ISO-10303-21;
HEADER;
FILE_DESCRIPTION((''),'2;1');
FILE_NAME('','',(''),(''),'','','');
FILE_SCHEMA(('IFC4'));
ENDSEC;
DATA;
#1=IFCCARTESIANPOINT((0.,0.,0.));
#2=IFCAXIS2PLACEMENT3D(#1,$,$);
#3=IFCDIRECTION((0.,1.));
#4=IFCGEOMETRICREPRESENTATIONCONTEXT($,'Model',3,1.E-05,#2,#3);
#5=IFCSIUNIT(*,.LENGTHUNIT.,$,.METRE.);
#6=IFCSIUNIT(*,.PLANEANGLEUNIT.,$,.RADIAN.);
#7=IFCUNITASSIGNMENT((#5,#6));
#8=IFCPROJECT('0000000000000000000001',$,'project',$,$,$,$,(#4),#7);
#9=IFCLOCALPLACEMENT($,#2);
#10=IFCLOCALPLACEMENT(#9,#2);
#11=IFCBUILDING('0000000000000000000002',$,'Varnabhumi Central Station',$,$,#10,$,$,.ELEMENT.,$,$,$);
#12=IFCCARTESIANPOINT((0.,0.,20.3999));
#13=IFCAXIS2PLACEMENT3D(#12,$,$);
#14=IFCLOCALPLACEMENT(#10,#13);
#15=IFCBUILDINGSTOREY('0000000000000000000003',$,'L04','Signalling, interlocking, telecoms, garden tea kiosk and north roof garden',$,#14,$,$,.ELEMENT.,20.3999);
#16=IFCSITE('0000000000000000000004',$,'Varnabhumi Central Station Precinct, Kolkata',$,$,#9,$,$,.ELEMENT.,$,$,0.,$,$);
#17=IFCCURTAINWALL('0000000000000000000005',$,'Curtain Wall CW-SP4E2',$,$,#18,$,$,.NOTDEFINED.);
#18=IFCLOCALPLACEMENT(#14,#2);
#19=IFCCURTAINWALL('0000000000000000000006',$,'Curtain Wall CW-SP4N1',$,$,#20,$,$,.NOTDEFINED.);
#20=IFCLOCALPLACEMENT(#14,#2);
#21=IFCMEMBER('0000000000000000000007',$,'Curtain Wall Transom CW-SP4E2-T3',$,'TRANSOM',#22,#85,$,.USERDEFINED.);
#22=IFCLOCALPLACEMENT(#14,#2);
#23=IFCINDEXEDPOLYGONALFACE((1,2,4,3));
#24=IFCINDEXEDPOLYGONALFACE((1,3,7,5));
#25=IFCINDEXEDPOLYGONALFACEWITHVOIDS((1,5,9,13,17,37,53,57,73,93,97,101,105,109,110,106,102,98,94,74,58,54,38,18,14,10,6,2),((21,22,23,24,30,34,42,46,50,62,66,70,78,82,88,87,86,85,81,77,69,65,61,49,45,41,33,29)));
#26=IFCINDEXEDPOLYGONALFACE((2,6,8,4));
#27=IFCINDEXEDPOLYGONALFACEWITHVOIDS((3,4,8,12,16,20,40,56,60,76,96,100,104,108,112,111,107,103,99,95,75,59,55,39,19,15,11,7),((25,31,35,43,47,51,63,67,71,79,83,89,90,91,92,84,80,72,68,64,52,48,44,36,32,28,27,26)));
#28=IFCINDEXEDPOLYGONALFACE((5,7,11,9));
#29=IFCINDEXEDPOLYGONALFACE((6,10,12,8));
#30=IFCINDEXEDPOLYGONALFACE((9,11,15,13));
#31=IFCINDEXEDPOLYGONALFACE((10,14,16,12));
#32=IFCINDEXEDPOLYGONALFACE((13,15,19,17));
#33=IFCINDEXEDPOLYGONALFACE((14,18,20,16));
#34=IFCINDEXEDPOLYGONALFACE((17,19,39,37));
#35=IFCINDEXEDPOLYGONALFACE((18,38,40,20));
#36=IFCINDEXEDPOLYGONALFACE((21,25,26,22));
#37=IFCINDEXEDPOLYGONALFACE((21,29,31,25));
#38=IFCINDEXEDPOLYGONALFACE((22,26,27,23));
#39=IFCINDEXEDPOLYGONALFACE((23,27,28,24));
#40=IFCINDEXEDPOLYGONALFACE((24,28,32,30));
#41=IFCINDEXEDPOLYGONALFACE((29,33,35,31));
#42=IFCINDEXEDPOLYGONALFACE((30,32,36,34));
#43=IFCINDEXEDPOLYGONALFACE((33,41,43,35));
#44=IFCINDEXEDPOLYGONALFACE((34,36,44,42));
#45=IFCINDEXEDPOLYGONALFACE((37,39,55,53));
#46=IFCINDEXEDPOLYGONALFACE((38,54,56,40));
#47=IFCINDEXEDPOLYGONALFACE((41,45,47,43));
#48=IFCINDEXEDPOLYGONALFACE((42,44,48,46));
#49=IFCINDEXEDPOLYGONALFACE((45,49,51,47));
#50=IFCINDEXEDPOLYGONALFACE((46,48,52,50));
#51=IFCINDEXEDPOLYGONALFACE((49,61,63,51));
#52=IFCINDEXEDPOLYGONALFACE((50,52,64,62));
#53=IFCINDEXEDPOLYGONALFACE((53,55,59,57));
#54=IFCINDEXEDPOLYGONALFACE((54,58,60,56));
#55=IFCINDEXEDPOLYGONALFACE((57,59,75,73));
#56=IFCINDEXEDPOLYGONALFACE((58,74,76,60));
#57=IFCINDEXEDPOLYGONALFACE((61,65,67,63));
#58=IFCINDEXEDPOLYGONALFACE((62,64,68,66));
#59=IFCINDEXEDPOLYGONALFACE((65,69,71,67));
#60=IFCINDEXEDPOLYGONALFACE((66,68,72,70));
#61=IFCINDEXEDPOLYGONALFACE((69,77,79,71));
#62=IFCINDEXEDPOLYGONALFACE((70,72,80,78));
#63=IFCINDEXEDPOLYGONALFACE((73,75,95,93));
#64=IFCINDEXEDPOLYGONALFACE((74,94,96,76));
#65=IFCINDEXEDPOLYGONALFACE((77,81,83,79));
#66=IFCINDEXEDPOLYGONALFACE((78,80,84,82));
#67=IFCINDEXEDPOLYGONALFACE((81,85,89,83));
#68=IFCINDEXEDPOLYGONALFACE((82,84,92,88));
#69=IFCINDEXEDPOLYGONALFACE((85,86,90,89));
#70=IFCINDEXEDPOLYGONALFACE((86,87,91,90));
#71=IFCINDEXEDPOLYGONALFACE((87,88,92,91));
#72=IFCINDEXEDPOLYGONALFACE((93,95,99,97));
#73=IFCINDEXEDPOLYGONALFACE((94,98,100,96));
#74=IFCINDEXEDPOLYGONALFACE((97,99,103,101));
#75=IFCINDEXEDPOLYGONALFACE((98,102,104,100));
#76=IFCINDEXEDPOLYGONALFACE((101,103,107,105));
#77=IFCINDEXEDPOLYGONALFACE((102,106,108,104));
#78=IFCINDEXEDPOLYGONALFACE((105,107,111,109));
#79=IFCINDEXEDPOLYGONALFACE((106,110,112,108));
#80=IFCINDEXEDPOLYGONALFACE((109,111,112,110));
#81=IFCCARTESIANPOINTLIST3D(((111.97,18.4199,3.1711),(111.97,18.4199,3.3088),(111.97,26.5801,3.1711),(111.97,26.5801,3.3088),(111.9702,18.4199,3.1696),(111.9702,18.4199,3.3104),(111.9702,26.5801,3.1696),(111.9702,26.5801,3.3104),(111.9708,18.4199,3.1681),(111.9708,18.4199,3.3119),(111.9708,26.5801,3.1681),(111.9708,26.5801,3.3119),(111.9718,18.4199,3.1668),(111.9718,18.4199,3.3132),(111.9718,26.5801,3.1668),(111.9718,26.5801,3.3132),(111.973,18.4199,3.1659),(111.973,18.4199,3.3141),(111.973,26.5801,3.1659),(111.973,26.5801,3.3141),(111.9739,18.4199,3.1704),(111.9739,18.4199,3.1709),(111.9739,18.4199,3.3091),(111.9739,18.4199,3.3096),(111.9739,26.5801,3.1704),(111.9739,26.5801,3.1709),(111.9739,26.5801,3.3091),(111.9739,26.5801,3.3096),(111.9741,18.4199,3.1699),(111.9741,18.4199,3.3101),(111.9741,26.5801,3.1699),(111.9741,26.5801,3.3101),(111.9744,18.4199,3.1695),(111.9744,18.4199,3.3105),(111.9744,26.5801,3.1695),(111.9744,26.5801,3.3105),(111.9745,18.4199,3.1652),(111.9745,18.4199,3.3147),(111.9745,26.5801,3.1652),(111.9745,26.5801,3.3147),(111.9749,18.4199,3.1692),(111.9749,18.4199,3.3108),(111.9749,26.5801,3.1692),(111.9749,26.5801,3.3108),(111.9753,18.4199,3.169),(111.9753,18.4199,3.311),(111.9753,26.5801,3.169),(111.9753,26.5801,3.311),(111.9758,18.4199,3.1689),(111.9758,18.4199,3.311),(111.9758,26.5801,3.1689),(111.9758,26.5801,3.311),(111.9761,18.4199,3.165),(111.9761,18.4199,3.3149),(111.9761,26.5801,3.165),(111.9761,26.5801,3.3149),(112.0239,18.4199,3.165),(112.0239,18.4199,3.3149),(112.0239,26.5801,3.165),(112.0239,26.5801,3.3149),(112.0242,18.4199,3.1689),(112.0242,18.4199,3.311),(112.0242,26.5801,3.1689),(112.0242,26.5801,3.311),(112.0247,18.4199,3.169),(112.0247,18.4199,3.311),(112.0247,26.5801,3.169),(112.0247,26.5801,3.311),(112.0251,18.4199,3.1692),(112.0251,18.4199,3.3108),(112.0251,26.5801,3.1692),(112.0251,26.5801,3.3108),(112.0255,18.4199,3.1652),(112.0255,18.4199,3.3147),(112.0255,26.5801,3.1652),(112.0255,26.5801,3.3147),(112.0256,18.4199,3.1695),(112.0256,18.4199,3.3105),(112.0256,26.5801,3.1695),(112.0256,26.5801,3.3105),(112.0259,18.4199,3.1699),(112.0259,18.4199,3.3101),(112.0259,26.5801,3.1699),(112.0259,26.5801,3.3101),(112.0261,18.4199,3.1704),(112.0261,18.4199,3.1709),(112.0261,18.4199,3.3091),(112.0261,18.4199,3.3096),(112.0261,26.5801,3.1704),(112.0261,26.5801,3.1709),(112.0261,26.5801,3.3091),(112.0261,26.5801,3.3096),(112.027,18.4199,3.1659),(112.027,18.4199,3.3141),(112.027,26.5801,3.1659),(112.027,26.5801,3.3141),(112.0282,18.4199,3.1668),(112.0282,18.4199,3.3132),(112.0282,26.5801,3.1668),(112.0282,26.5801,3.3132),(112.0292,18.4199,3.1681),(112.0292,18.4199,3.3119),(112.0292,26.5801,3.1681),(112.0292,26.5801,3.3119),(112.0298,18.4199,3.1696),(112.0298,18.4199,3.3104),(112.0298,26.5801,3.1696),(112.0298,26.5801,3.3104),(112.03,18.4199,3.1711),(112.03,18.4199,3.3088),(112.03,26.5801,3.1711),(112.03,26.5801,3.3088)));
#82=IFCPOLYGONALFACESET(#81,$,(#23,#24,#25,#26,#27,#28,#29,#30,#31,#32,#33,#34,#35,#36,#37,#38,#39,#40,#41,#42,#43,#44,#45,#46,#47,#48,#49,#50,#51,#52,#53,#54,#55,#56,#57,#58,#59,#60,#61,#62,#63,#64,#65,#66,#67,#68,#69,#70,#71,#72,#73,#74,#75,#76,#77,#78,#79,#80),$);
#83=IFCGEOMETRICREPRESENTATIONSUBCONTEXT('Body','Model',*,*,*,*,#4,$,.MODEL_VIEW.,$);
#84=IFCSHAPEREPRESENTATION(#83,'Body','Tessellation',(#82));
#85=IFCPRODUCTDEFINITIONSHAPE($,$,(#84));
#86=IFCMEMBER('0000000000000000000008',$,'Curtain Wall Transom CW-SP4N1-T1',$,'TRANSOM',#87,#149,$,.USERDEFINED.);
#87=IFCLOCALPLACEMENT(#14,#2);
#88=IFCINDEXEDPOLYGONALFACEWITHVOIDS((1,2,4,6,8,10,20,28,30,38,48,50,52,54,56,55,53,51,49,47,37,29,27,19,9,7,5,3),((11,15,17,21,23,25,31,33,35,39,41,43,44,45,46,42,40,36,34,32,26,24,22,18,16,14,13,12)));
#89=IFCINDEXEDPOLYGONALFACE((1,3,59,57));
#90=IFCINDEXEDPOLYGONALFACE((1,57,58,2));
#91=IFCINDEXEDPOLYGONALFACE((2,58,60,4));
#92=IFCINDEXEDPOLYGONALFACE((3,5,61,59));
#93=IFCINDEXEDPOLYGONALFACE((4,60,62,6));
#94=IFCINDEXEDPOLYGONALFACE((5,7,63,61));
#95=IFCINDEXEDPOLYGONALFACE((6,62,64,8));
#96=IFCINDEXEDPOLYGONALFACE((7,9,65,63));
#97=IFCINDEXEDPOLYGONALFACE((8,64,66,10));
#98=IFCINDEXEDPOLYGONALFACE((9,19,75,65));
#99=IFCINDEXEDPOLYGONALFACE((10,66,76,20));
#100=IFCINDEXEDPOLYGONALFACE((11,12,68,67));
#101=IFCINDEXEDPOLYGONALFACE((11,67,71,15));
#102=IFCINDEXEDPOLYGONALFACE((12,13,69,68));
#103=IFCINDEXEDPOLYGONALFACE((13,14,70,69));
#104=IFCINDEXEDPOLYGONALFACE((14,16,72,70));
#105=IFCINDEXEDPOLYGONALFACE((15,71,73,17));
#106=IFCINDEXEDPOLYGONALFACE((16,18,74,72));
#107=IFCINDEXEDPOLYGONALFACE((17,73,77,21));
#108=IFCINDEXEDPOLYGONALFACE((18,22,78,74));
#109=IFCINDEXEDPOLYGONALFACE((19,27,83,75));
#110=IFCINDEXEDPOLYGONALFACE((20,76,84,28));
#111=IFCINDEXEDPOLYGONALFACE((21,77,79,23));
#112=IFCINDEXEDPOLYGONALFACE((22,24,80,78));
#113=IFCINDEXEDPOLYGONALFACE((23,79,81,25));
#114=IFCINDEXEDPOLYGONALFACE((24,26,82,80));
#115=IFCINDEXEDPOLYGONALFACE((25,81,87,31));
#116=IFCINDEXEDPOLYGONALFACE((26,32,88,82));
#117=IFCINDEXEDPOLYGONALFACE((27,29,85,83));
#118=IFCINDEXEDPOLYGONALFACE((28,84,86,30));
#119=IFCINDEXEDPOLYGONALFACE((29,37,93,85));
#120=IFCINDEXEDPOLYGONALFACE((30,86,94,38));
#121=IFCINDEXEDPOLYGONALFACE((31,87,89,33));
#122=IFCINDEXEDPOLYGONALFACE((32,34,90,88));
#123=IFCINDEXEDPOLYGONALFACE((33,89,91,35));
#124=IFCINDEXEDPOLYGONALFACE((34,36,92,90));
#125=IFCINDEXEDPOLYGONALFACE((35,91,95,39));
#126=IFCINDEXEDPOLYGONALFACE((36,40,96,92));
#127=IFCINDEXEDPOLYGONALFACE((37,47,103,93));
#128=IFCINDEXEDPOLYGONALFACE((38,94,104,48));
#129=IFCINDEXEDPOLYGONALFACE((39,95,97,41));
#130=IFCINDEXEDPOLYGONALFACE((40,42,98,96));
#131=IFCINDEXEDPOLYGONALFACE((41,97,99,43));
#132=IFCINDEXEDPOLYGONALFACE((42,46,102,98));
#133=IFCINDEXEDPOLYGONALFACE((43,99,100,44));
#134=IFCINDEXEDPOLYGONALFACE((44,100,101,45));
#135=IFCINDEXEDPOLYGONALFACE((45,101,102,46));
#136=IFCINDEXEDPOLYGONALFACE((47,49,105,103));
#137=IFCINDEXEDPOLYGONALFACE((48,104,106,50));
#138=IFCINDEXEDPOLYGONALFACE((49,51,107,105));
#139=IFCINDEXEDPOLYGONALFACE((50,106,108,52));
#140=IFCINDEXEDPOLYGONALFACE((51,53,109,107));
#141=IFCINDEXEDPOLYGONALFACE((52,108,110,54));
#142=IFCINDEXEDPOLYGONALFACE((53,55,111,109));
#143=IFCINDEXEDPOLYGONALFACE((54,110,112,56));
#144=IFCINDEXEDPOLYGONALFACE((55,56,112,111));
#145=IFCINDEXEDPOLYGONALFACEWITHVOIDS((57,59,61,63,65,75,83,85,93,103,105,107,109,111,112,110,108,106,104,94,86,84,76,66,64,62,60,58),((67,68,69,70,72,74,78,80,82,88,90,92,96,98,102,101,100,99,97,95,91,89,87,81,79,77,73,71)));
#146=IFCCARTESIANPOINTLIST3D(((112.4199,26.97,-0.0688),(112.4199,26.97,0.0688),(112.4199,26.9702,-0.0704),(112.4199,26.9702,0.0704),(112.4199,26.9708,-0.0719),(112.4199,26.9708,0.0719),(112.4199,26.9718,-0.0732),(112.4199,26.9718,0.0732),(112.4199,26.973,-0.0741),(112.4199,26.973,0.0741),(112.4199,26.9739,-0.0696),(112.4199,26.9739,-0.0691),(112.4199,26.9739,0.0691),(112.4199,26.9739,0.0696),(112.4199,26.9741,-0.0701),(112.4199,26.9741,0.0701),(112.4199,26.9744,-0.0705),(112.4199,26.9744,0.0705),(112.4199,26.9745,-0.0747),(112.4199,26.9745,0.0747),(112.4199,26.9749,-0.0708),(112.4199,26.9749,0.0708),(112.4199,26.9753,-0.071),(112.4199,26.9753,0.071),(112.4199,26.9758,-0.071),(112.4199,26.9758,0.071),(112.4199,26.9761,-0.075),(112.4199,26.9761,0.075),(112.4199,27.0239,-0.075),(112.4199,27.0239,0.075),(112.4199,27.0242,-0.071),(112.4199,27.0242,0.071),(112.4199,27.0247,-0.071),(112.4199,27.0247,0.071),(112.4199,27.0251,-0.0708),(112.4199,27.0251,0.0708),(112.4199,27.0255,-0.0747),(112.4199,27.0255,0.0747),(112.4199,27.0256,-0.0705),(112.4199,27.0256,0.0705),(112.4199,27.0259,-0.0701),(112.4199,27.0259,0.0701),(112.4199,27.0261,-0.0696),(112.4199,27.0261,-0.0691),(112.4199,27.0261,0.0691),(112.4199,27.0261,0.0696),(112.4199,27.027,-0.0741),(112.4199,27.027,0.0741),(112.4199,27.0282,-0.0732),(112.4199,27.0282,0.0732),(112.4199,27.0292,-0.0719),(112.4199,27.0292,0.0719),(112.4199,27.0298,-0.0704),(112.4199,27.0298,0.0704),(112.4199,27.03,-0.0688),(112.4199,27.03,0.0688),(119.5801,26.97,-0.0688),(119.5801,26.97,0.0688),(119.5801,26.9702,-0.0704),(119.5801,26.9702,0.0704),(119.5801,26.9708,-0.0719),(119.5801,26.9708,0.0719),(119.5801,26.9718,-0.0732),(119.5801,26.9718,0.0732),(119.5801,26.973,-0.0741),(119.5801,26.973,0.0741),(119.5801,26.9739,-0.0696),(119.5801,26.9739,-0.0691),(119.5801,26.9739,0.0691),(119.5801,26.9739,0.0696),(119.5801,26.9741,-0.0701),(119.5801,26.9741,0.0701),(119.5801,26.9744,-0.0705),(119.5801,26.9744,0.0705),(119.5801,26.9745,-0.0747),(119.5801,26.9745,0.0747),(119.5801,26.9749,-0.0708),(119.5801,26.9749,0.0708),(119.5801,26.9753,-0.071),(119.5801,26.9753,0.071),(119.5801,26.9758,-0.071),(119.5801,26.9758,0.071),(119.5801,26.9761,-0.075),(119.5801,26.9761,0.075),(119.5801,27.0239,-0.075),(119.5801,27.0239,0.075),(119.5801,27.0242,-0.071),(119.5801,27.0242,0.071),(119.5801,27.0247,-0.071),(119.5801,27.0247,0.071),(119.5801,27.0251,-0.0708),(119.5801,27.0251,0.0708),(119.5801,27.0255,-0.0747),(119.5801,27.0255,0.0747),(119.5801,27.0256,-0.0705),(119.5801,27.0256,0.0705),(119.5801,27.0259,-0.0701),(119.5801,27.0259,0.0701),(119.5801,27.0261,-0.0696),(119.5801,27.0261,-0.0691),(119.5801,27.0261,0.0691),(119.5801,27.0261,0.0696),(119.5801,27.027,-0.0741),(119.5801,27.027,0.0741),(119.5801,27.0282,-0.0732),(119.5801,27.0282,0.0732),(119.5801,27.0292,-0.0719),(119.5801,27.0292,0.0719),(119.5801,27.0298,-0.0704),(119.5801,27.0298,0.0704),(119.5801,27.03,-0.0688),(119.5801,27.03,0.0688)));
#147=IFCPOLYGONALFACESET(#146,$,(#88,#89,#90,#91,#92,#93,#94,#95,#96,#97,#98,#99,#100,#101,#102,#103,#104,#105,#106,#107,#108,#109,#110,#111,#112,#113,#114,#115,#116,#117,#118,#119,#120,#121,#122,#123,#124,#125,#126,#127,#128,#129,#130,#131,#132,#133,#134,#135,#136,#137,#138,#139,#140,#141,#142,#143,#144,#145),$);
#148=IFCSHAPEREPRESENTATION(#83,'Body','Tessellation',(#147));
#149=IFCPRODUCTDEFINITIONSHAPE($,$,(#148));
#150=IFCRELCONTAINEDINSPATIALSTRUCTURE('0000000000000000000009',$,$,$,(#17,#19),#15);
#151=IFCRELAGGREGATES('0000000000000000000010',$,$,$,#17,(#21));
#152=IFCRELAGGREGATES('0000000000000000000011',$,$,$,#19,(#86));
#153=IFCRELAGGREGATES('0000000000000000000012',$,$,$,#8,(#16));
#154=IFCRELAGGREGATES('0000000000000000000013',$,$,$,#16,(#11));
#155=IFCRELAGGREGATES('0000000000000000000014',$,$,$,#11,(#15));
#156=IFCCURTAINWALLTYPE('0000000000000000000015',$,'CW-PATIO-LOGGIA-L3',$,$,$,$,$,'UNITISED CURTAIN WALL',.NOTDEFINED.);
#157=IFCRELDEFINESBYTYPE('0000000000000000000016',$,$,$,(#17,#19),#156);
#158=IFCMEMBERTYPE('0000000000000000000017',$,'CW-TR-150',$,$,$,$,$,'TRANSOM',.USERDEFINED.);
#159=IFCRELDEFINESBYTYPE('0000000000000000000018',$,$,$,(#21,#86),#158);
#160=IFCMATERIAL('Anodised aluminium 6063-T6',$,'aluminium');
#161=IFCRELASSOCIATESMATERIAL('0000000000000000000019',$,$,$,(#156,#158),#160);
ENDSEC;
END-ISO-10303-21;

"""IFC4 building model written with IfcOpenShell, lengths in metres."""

from ifc_helpers import new_model, si_unit, direction, frame, origin, origin_2d, place, context, subcontext, project, spatial, hollow_rectangle, extrude, material, material_profile, profile_set, type_object, element, aggregate, save


model = new_model("IFC4")

# Units and contexts
model_context = context("Model", 3, precision=1e-05, world=origin(), true_north=direction((0.0, 1.0)))
body_context = subcontext(model_context, "Body", "Model", "MODEL_VIEW")
ifc_project = project(units=[si_unit("LENGTHUNIT", "METRE"), si_unit("PLANEANGLEUNIT", "RADIAN")], contexts=[model_context])

# Site, building, storey
site_placement = place(None, origin())
site = spatial("IfcSite", under=ifc_project, at=site_placement, Name="Varnabhumi Central Station Precinct, Kolkata", CompositionType="ELEMENT", RefElevation=0.0)
building_placement = place(site_placement, origin())
building = spatial("IfcBuilding", under=site, at=building_placement, Name="Varnabhumi Central Station", CompositionType="ELEMENT")
storey_placement = place(building_placement, frame((0.0, 0.0, 20.3999)))
storey = spatial("IfcBuildingStorey", under=building, at=storey_placement, Name="L04", Description="Signalling, interlocking, telecoms, garden tea kiosk and north roof garden", CompositionType="ELEMENT", Elevation=20.3999)

# Curtain walls
ifc_material_1 = material(Name="Anodised aluminium 6063-T6", Category="aluminium")
curtain_wall_type = type_object("IfcCurtainWallType", Name="CW-PATIO-LOGGIA-L3", ElementType="UNITISED CURTAIN WALL", PredefinedType="NOTDEFINED", material=ifc_material_1)
curtain_wall_1_placement = place(storey_placement, origin())
curtain_wall_1 = element("IfcCurtainWall", 1, at=curtain_wall_1_placement, inside=storey, type_object=curtain_wall_type, Name="Curtain Wall CW-SP4E2", PredefinedType="NOTDEFINED")
curtain_wall_2_placement = place(storey_placement, origin())
curtain_wall_2 = element("IfcCurtainWall", 2, at=curtain_wall_2_placement, inside=storey, type_object=curtain_wall_type, Name="Curtain Wall CW-SP4N1", PredefinedType="NOTDEFINED")

# Members
ifc_material_profile_1 = material_profile(ifc_material_1, hollow_rectangle(XDim=0.0601, YDim=0.1499, WallThickness=0.0039, InnerFilletRadius=0.002, OuterFilletRadius=0.0061, at=origin_2d()), Name="Anodised aluminium 6063-T6", Category="aluminium")
ifc_profile_set_1 = profile_set([ifc_material_profile_1], Name="Anodised aluminium 6063-T6")
member_type_1 = type_object("IfcMemberType", Name="CW-TR-150", ElementType="TRANSOM", PredefinedType="USERDEFINED", material=ifc_profile_set_1)
member_1_placement = place(storey_placement, frame((112.0, 18.4199, 3.24), z_axis=(0.0, 1.0, 0.0), x_axis=(-1.0, 0.0, 0.0)))
member_1 = element("IfcMember", 3, at=member_1_placement, type_object=member_type_1, Name="Curtain Wall Transom CW-SP4E2-T3", ObjectType="TRANSOM", PredefinedType="USERDEFINED", context=body_context, shape_type="SweptSolid", body=[
    extrude(hollow_rectangle(XDim=0.0601, YDim=0.1499, WallThickness=0.0039, InnerFilletRadius=0.002, OuterFilletRadius=0.0061, at=origin_2d()), origin(), (0.0, 0.0, 1.0), 8.1602),
])
member_2_placement = place(storey_placement, frame((112.4199, 27.0, 0.0), z_axis=(1.0, 0.0, 0.0), x_axis=(0.0, 1.0, 0.0)))
member_2 = element("IfcMember", 4, at=member_2_placement, type_object=member_type_1, Name="Curtain Wall Transom CW-SP4N1-T1", ObjectType="TRANSOM", PredefinedType="USERDEFINED", context=body_context, shape_type="SweptSolid", body=[
    extrude(hollow_rectangle(XDim=0.0601, YDim=0.1499, WallThickness=0.0039, InnerFilletRadius=0.002, OuterFilletRadius=0.0061, at=origin_2d()), origin(), (0.0, 0.0, 1.0), 7.1602),
])

aggregate(curtain_wall_1, [member_1])
aggregate(curtain_wall_2, [member_2])

save(model, "model.ifc")
